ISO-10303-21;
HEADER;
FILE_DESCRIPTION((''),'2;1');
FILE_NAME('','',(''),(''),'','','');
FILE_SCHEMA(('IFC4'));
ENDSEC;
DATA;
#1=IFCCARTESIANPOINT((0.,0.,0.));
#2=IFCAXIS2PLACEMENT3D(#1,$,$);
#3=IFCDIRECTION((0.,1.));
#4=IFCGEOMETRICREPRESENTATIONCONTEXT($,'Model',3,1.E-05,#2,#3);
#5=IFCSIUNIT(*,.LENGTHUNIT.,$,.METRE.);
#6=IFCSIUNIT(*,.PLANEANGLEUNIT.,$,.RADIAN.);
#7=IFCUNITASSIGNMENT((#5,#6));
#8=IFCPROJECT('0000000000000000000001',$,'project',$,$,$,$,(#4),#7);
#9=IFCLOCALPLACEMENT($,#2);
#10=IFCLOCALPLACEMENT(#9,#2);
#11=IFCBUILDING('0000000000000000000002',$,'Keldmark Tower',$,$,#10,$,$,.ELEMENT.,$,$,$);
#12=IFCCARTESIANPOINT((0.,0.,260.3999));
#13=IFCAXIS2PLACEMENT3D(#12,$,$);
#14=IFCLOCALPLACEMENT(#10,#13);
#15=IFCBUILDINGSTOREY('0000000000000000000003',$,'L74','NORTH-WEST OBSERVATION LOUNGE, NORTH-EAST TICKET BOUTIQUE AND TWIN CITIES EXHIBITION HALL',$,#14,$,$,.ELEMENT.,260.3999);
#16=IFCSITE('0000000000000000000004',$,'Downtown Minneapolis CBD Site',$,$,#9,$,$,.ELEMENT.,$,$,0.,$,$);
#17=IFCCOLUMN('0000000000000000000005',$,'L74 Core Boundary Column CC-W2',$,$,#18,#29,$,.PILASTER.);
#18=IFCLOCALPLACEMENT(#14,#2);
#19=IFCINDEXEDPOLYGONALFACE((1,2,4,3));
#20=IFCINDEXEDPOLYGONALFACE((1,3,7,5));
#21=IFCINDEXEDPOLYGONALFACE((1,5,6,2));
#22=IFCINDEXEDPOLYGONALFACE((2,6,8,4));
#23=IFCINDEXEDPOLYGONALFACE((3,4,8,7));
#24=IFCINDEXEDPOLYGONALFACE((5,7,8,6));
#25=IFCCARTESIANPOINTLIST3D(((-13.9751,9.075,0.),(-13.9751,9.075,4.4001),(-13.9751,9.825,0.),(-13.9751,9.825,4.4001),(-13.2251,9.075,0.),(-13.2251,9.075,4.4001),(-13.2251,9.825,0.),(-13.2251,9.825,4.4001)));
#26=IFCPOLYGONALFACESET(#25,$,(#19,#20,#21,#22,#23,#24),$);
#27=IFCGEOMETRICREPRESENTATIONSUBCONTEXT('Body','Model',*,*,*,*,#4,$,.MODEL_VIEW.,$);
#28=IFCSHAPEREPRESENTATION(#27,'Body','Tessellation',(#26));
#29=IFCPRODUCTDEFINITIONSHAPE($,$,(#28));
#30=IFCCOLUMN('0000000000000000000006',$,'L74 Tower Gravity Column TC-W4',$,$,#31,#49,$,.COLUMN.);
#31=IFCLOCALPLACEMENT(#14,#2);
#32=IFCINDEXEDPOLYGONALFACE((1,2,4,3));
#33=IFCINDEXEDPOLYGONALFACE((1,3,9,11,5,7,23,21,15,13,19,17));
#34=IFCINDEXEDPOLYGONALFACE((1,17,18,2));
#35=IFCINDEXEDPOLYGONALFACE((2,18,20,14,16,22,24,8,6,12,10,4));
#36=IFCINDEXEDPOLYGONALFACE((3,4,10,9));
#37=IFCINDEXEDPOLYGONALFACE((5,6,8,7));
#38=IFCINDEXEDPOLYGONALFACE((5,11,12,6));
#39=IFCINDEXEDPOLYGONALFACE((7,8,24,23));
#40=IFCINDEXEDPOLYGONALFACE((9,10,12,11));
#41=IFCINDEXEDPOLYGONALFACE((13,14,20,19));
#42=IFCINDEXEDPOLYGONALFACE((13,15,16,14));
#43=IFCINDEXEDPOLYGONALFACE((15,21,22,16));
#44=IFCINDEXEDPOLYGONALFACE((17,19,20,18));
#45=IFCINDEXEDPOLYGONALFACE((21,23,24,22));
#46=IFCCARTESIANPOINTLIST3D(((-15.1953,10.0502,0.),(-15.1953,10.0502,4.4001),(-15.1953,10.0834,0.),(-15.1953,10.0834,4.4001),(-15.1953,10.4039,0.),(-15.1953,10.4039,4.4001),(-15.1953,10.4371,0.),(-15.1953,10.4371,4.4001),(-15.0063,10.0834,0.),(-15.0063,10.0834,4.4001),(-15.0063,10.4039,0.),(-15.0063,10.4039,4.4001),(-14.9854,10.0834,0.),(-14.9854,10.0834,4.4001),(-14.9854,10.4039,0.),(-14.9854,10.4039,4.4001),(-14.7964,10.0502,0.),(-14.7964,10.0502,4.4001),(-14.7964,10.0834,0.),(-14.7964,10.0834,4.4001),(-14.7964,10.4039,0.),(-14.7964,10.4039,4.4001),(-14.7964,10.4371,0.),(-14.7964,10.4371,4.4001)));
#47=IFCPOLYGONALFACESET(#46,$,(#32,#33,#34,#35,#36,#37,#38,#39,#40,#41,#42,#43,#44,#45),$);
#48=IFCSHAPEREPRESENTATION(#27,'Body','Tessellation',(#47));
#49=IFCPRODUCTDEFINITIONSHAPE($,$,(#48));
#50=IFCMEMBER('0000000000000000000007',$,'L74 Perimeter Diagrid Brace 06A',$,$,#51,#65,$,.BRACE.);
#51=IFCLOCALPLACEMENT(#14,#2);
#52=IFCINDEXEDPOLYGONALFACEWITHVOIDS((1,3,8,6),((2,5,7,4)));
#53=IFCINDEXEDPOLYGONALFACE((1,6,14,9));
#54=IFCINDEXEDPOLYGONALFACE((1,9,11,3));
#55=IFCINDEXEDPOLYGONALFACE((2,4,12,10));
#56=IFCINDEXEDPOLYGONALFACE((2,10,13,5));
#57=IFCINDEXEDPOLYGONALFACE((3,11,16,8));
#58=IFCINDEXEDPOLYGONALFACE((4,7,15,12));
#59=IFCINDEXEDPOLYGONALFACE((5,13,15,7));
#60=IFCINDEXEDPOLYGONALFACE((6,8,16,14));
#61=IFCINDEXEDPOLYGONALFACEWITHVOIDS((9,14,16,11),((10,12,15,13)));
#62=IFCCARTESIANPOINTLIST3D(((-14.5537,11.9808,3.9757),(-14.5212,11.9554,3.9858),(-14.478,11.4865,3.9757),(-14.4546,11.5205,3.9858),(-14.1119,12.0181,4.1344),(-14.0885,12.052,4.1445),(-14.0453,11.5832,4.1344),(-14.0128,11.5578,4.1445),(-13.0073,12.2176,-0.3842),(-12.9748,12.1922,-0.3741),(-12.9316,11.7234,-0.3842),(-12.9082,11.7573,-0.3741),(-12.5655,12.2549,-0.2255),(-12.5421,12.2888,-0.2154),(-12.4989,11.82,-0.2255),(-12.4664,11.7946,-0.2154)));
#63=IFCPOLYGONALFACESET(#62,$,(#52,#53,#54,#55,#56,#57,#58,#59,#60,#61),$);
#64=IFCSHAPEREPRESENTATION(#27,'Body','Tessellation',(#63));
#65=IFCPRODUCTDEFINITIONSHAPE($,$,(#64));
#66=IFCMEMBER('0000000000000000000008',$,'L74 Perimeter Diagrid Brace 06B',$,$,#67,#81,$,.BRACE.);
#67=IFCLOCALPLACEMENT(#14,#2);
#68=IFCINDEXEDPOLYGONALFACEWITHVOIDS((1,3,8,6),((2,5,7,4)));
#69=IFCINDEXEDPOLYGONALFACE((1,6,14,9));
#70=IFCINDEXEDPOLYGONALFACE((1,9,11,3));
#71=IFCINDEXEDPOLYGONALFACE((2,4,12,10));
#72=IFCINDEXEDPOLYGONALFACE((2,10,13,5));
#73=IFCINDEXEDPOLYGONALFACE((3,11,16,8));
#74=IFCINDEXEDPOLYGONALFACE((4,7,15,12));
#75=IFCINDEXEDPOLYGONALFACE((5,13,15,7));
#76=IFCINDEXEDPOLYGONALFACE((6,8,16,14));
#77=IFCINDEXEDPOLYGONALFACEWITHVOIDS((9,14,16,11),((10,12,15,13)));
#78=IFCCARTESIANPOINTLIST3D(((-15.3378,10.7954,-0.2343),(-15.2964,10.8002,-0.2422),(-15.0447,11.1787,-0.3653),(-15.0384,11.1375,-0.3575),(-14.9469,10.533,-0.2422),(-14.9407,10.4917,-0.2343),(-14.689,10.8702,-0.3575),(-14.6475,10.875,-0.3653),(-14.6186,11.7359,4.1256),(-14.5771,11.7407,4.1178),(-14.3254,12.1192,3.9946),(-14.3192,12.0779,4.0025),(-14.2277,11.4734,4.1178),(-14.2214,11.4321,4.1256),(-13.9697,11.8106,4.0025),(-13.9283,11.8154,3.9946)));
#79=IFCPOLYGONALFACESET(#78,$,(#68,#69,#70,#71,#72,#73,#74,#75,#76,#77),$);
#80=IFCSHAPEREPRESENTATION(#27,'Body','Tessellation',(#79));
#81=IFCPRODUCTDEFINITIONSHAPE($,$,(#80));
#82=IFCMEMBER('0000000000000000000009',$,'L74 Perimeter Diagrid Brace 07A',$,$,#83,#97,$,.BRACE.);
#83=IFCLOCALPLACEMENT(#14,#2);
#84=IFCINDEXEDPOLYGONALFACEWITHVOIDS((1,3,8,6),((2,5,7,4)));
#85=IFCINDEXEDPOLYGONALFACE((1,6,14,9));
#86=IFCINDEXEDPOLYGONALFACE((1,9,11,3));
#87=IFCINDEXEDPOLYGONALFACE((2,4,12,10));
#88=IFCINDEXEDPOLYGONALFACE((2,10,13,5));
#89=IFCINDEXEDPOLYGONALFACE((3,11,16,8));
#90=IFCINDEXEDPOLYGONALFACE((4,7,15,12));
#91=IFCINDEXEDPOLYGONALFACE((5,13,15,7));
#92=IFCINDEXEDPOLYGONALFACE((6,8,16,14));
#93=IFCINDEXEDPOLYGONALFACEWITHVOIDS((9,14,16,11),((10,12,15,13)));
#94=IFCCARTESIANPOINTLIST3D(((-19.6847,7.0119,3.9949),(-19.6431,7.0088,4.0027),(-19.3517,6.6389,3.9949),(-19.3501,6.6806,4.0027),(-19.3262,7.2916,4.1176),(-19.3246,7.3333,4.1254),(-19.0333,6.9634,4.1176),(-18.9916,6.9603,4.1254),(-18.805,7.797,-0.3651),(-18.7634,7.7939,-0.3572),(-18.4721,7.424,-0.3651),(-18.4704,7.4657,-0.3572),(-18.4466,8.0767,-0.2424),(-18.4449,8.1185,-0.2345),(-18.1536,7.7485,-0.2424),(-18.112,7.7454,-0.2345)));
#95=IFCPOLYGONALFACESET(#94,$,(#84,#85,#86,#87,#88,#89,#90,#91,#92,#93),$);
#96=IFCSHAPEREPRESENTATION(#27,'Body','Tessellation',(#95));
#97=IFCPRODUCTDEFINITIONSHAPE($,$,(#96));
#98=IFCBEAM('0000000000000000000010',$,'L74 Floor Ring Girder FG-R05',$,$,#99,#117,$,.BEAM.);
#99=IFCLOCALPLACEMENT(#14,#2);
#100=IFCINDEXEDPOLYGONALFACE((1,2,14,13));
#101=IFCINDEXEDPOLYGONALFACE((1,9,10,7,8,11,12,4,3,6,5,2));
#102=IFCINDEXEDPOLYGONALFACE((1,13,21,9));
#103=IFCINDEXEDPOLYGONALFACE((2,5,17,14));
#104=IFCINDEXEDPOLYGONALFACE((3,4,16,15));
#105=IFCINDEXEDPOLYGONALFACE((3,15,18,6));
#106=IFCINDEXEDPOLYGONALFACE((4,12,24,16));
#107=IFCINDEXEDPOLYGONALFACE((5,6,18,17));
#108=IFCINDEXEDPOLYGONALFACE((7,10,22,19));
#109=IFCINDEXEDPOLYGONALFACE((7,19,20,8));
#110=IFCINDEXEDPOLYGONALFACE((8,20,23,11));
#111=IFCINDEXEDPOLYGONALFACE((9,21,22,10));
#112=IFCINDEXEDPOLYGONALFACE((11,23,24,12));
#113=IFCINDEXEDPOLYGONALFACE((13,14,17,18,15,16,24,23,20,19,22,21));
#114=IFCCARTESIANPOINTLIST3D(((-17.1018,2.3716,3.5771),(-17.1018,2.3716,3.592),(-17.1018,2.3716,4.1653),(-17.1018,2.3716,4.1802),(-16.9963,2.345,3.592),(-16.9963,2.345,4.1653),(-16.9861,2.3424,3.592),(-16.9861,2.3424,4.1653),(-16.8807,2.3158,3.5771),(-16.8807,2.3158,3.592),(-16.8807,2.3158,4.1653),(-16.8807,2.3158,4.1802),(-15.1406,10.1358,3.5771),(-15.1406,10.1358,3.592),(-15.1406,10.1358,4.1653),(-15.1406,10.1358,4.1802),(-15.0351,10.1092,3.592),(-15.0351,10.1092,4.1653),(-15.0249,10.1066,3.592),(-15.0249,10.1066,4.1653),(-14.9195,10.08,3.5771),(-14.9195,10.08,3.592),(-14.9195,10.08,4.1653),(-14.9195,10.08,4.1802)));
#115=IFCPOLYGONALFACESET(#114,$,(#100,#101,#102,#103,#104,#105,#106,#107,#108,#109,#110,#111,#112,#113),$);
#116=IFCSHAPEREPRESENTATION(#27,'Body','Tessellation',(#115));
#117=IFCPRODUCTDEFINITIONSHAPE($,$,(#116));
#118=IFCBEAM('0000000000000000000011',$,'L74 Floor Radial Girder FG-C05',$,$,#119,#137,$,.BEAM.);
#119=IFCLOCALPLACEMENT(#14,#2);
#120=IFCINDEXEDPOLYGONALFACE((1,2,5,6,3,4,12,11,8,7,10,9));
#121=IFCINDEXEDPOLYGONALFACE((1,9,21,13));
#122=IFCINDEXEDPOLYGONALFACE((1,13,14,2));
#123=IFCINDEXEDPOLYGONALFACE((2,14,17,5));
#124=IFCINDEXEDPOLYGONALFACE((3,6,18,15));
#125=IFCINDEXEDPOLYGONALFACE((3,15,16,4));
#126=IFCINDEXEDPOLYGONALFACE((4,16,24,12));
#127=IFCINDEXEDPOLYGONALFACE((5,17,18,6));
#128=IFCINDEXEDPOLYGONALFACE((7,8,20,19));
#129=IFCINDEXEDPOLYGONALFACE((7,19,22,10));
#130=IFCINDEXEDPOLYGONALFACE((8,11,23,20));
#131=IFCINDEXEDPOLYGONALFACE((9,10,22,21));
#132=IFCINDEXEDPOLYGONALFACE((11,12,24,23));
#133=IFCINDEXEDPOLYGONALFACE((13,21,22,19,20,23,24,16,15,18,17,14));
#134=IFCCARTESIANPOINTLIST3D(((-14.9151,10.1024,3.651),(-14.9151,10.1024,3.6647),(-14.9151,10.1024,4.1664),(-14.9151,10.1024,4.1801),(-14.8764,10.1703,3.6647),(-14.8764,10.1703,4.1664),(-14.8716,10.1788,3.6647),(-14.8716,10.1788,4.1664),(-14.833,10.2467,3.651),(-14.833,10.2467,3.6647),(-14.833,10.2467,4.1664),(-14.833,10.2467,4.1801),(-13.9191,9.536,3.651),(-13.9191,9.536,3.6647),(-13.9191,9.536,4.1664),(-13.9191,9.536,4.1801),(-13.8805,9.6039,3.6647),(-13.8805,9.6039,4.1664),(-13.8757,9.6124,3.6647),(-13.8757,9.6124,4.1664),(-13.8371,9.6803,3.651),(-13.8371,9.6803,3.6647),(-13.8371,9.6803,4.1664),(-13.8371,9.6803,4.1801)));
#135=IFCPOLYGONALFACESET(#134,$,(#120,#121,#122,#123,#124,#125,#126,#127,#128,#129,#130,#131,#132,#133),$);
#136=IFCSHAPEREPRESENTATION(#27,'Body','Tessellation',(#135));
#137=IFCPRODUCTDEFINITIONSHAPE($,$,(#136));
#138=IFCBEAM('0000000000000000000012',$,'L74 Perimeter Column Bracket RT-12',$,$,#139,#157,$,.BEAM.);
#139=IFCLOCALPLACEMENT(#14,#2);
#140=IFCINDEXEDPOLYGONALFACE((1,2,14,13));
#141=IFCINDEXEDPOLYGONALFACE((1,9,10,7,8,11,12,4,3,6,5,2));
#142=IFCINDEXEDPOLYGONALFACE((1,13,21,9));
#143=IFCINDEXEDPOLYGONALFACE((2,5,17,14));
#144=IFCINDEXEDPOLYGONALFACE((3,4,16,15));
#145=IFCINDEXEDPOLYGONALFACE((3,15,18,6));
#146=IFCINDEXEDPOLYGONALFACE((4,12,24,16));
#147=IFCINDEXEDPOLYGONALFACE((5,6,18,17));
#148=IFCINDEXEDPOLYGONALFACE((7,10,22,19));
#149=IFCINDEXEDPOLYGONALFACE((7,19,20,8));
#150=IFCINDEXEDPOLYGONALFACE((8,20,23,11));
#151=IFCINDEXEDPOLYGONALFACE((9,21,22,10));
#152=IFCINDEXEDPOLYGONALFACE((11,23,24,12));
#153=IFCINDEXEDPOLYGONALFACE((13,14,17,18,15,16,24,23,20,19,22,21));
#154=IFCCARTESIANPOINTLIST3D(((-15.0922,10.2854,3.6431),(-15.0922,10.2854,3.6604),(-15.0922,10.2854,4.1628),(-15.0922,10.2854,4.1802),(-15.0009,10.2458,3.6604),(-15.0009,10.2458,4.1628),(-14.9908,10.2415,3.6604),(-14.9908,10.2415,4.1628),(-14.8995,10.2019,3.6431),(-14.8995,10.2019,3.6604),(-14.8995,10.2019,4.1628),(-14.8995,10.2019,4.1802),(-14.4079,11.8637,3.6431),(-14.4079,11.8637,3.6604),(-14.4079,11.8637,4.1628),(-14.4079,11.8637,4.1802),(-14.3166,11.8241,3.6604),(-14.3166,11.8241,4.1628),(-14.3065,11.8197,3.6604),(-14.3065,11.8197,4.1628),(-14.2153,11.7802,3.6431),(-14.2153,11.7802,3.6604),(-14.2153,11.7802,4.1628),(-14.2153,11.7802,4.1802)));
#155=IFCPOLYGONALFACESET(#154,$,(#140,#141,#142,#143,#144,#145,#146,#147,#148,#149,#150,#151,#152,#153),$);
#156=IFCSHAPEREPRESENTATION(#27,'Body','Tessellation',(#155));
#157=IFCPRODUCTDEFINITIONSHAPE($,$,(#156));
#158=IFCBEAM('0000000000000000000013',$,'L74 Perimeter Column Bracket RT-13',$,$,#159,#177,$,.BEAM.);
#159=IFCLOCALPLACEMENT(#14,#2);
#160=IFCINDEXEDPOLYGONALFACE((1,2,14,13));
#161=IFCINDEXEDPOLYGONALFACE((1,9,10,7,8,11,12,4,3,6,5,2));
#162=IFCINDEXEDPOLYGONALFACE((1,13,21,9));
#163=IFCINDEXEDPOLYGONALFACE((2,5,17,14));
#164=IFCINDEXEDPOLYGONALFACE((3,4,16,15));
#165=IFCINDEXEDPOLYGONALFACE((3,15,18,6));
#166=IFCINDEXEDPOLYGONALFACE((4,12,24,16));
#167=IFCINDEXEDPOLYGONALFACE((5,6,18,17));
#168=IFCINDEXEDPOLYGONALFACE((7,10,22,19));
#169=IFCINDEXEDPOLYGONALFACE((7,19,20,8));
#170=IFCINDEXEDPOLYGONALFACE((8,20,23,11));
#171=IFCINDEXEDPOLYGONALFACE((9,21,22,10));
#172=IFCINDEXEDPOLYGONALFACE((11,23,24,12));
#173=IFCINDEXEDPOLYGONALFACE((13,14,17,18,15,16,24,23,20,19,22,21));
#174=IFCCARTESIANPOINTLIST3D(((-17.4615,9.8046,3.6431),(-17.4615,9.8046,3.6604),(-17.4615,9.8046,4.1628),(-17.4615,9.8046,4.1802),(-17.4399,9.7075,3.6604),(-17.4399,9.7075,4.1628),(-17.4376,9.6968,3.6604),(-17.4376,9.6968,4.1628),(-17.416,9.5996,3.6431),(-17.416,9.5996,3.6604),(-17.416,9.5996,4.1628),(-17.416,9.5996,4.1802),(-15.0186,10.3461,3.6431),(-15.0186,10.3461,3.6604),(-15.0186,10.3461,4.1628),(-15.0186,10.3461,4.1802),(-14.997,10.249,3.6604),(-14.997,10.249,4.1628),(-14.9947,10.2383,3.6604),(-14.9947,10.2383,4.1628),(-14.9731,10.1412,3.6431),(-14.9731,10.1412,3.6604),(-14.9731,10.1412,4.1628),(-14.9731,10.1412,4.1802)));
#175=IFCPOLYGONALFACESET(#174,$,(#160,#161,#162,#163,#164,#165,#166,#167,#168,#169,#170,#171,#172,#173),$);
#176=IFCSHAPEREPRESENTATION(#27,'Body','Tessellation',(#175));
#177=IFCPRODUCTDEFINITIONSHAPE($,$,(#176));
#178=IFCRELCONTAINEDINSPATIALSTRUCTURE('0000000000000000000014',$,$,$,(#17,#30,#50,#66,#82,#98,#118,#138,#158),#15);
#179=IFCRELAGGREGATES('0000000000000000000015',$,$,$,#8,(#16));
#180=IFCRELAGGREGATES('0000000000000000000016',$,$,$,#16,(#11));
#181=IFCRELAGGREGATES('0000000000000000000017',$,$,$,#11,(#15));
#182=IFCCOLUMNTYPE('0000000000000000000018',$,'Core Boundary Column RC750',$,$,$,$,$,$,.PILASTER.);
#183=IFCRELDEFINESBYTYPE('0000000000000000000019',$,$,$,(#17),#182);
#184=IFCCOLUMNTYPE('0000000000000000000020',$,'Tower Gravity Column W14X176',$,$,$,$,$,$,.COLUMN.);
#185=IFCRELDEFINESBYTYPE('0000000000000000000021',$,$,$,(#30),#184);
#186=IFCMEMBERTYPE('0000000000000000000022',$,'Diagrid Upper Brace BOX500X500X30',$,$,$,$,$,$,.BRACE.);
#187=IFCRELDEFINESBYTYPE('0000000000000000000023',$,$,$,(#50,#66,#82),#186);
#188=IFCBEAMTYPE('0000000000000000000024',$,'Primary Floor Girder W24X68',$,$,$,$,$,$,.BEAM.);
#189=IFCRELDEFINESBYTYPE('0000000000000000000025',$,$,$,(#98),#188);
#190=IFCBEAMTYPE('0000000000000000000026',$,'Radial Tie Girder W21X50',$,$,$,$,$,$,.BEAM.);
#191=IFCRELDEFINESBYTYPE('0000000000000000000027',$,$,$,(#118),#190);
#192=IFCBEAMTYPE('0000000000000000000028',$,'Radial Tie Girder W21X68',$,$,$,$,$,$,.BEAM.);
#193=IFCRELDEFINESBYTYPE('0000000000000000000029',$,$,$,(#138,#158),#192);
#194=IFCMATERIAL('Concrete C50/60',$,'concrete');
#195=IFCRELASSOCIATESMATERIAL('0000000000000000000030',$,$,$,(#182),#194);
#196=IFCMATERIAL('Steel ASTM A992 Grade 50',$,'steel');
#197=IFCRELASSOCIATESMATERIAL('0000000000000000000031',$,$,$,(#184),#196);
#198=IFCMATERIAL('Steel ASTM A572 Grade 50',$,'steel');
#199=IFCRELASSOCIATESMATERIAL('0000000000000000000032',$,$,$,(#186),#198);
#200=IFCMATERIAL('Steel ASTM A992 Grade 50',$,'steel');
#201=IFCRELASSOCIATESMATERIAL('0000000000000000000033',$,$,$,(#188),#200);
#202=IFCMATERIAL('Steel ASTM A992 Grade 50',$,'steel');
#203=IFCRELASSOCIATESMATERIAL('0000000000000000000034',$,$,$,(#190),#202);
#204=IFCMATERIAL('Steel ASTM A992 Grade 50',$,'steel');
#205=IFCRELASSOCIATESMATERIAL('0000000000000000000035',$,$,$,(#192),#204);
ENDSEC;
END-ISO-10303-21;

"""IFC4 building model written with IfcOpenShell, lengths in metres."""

from ifc_helpers import new_model, si_unit, direction, frame, origin, origin_2d, place, context, subcontext, project, spatial, rectangle, hollow_rectangle, i_section, extrude, material, material_profile, profile_set, type_object, element, save


model = new_model("IFC4")

# Units and contexts
model_context = context("Model", 3, precision=1e-05, world=origin(), true_north=direction((0.0, 1.0)))
body_context = subcontext(model_context, "Body", "Model", "MODEL_VIEW")
ifc_project = project(units=[si_unit("LENGTHUNIT", "METRE"), si_unit("PLANEANGLEUNIT", "RADIAN")], contexts=[model_context])

# Site, building, storey
site_placement = place(None, origin())
site = spatial("IfcSite", under=ifc_project, at=site_placement, Name="Downtown Minneapolis CBD Site", CompositionType="ELEMENT", RefElevation=0.0)
building_placement = place(site_placement, origin())
building = spatial("IfcBuilding", under=site, at=building_placement, Name="Keldmark Tower", CompositionType="ELEMENT")
storey_placement = place(building_placement, frame((0.0, 0.0, 260.3999)))
storey = spatial("IfcBuildingStorey", under=building, at=storey_placement, Name="L74", Description="NORTH-WEST OBSERVATION LOUNGE, NORTH-EAST TICKET BOUTIQUE AND TWIN CITIES EXHIBITION HALL", CompositionType="ELEMENT", Elevation=260.3999)

# Columns
ifc_material_1 = material(Name="Concrete C50/60", Category="concrete")
ifc_material_profile_1 = material_profile(ifc_material_1, rectangle(XDim=0.75, YDim=0.75, at=origin_2d()), Name="RC750X750")
ifc_profile_set_1 = profile_set([ifc_material_profile_1], Name="Concrete C50/60")
column_type_1 = type_object("IfcColumnType", Name="Core Boundary Column RC750", PredefinedType="PILASTER", material=ifc_profile_set_1)
column_1_placement = place(storey_placement, frame((-13.6001, 9.45, 0.0), z_axis=(0.0, 0.0, 1.0), x_axis=(1.0, 0.0, 0.0)))
element("IfcColumn", 1, at=column_1_placement, inside=storey, type_object=column_type_1, Name="L74 Core Boundary Column CC-W2", PredefinedType="PILASTER", context=body_context, shape_type="SweptSolid", body=[
    extrude(rectangle(XDim=0.75, YDim=0.75, at=origin_2d()), origin(), (0.0, 0.0, 1.0), 4.4001),
])
ifc_material_2 = material(Name="Steel ASTM A992 Grade 50", Category="steel")
ifc_material_profile_2 = material_profile(ifc_material_2, i_section(OverallWidth=0.3989, OverallDepth=0.387, WebThickness=0.021, FlangeThickness=0.0332, at=origin_2d()), Name="W14X176")
ifc_profile_set_2 = profile_set([ifc_material_profile_2], Name="Steel ASTM A992 Grade 50")
column_type_2 = type_object("IfcColumnType", Name="Tower Gravity Column W14X176", PredefinedType="COLUMN", material=ifc_profile_set_2)
column_2_placement = place(storey_placement, frame((-14.9958, 10.2437, 0.0), z_axis=(0.0, 0.0, 1.0), x_axis=(1.0, 0.0, 0.0)))
element("IfcColumn", 2, at=column_2_placement, inside=storey, type_object=column_type_2, Name="L74 Tower Gravity Column TC-W4", PredefinedType="COLUMN", context=body_context, shape_type="SweptSolid", body=[
    extrude(i_section(OverallWidth=0.3989, OverallDepth=0.387, WebThickness=0.021, FlangeThickness=0.0332, at=origin_2d()), origin(), (0.0, 0.0, 1.0), 4.4001),
])

# Members
ifc_material_3 = material(Name="Steel ASTM A572 Grade 50", Category="steel")
ifc_material_profile_3 = material_profile(ifc_material_3, hollow_rectangle(XDim=0.5, YDim=0.5, WallThickness=0.03, at=origin_2d()), Name="BOX500X500X30")
ifc_profile_set_3 = profile_set([ifc_material_profile_3], Name="Steel ASTM A572 Grade 50")
member_type = type_object("IfcMemberType", Name="Diagrid Upper Brace BOX500X500X30", PredefinedType="BRACE", material=ifc_profile_set_3)
member_1_placement = place(storey_placement, frame((-12.7368, 12.0061, -0.2998), z_axis=(-0.333846, -0.051126, 0.94124), x_axis=(0.151377, -0.988476, 0.0)))
element("IfcMember", 3, at=member_1_placement, inside=storey, type_object=member_type, Name="L74 Perimeter Diagrid Brace 06A", PredefinedType="BRACE", context=body_context, shape_type="SweptSolid", body=[
    extrude(hollow_rectangle(XDim=0.5, YDim=0.5, WallThickness=0.03, at=origin_2d()), origin(), (0.0, 0.0, 1.0), 4.6321),
])
member_2_placement = place(storey_placement, frame((-14.9927, 10.8352, -0.2998), z_axis=(0.159203, 0.208163, 0.965051), x_axis=(-0.794323, 0.607496, 0.0)))
element("IfcMember", 4, at=member_2_placement, inside=storey, type_object=member_type, Name="L74 Perimeter Diagrid Brace 06B", PredefinedType="BRACE", context=body_context, shape_type="SweptSolid", body=[
    extrude(hollow_rectangle(XDim=0.5, YDim=0.5, WallThickness=0.03, at=origin_2d()), origin(), (0.0, 0.0, 1.0), 4.5178),
])
member_3_placement = place(storey_placement, frame((-18.4585, 7.7712, -0.2998), z_axis=(-0.194762, -0.173842, 0.965322), x_axis=(0.665905, -0.746037, 0.0)))
element("IfcMember", 5, at=member_3_placement, inside=storey, type_object=member_type, Name="L74 Perimeter Diagrid Brace 07A", PredefinedType="BRACE", context=body_context, shape_type="SweptSolid", body=[
    extrude(hollow_rectangle(XDim=0.5, YDim=0.5, WallThickness=0.03, at=origin_2d()), origin(), (0.0, 0.0, 1.0), 4.5166),
])

# Beams
ifc_material_4 = material(Name="Steel ASTM A992 Grade 50", Category="steel")
ifc_material_profile_4 = material_profile(ifc_material_4, i_section(OverallWidth=0.228, OverallDepth=0.603, WebThickness=0.0105, FlangeThickness=0.0149, at=origin_2d()), Name="W24X68")
ifc_profile_set_4 = profile_set([ifc_material_profile_4], Name="Steel ASTM A992 Grade 50")
beam_type_1 = type_object("IfcBeamType", Name="Primary Floor Girder W24X68", PredefinedType="BEAM", material=ifc_profile_set_4)
beam_1_placement = place(storey_placement, frame((-15.03, 10.1079, 3.8787), z_axis=(-0.244902, -0.969548, 0.0), x_axis=(0.969548, -0.244902, 0.0)))
element("IfcBeam", 6, at=beam_1_placement, inside=storey, type_object=beam_type_1, Name="L74 Floor Ring Girder FG-R05", PredefinedType="BEAM", context=body_context, shape_type="SweptSolid", body=[
    extrude(i_section(OverallWidth=0.228, OverallDepth=0.603, WebThickness=0.0105, FlangeThickness=0.0149, at=origin_2d()), origin(), (0.0, 0.0, 1.0), 8.0081),
])
ifc_material_5 = material(Name="Steel ASTM A992 Grade 50", Category="steel")
ifc_material_profile_5 = material_profile(ifc_material_5, i_section(OverallWidth=0.166, OverallDepth=0.5291, WebThickness=0.0098, FlangeThickness=0.0137, at=origin_2d()), Name="W21X50")
ifc_profile_set_5 = profile_set([ifc_material_profile_5], Name="Steel ASTM A992 Grade 50")
beam_type_2 = type_object("IfcBeamType", Name="Radial Tie Girder W21X50", PredefinedType="BEAM", material=ifc_profile_set_5)
beam_2_placement = place(storey_placement, frame((-14.874, 10.1746, 3.9155), z_axis=(0.869238, -0.494394, 0.0), x_axis=(0.494394, 0.869238, 0.0)))
element("IfcBeam", 7, at=beam_2_placement, inside=storey, type_object=beam_type_2, Name="L74 Floor Radial Girder FG-C05", PredefinedType="BEAM", context=body_context, shape_type="SweptSolid", body=[
    extrude(i_section(OverallWidth=0.166, OverallDepth=0.5291, WebThickness=0.0098, FlangeThickness=0.0137, at=origin_2d()), origin(), (0.0, 0.0, 1.0), 1.1458),
])
ifc_material_6 = material(Name="Steel ASTM A992 Grade 50", Category="steel")
ifc_material_profile_6 = material_profile(ifc_material_6, i_section(OverallWidth=0.21, OverallDepth=0.5371, WebThickness=0.011, FlangeThickness=0.0173, at=origin_2d()), Name="W21X68")
ifc_profile_set_6 = profile_set([ifc_material_profile_6], Name="Steel ASTM A992 Grade 50")
beam_type_3 = type_object("IfcBeamType", Name="Radial Tie Girder W21X68", PredefinedType="BEAM", material=ifc_profile_set_6)
beam_3_placement = place(storey_placement, frame((-14.9958, 10.2437, 3.9116), z_axis=(0.397787, 0.917478, 0.0), x_axis=(-0.917478, 0.397787, 0.0)))
element("IfcBeam", 8, at=beam_3_placement, inside=storey, type_object=beam_type_3, Name="L74 Perimeter Column Bracket RT-12", PredefinedType="BEAM", context=body_context, shape_type="SweptSolid", body=[
    extrude(i_section(OverallWidth=0.21, OverallDepth=0.5371, WebThickness=0.011, FlangeThickness=0.0173, at=origin_2d()), origin(), (0.0, 0.0, 1.0), 1.7202),
])
beam_4_placement = place(storey_placement, frame((-14.9958, 10.2437, 3.9116), z_axis=(-0.976302, -0.216414, 0.0), x_axis=(0.216414, -0.976302, 0.0)))
element("IfcBeam", 9, at=beam_4_placement, inside=storey, type_object=beam_type_3, Name="L74 Perimeter Column Bracket RT-13", PredefinedType="BEAM", context=body_context, shape_type="SweptSolid", body=[
    extrude(i_section(OverallWidth=0.21, OverallDepth=0.5371, WebThickness=0.011, FlangeThickness=0.0173, at=origin_2d()), origin(), (0.0, 0.0, 1.0), 2.5022),
])

save(model, "model.ifc")
